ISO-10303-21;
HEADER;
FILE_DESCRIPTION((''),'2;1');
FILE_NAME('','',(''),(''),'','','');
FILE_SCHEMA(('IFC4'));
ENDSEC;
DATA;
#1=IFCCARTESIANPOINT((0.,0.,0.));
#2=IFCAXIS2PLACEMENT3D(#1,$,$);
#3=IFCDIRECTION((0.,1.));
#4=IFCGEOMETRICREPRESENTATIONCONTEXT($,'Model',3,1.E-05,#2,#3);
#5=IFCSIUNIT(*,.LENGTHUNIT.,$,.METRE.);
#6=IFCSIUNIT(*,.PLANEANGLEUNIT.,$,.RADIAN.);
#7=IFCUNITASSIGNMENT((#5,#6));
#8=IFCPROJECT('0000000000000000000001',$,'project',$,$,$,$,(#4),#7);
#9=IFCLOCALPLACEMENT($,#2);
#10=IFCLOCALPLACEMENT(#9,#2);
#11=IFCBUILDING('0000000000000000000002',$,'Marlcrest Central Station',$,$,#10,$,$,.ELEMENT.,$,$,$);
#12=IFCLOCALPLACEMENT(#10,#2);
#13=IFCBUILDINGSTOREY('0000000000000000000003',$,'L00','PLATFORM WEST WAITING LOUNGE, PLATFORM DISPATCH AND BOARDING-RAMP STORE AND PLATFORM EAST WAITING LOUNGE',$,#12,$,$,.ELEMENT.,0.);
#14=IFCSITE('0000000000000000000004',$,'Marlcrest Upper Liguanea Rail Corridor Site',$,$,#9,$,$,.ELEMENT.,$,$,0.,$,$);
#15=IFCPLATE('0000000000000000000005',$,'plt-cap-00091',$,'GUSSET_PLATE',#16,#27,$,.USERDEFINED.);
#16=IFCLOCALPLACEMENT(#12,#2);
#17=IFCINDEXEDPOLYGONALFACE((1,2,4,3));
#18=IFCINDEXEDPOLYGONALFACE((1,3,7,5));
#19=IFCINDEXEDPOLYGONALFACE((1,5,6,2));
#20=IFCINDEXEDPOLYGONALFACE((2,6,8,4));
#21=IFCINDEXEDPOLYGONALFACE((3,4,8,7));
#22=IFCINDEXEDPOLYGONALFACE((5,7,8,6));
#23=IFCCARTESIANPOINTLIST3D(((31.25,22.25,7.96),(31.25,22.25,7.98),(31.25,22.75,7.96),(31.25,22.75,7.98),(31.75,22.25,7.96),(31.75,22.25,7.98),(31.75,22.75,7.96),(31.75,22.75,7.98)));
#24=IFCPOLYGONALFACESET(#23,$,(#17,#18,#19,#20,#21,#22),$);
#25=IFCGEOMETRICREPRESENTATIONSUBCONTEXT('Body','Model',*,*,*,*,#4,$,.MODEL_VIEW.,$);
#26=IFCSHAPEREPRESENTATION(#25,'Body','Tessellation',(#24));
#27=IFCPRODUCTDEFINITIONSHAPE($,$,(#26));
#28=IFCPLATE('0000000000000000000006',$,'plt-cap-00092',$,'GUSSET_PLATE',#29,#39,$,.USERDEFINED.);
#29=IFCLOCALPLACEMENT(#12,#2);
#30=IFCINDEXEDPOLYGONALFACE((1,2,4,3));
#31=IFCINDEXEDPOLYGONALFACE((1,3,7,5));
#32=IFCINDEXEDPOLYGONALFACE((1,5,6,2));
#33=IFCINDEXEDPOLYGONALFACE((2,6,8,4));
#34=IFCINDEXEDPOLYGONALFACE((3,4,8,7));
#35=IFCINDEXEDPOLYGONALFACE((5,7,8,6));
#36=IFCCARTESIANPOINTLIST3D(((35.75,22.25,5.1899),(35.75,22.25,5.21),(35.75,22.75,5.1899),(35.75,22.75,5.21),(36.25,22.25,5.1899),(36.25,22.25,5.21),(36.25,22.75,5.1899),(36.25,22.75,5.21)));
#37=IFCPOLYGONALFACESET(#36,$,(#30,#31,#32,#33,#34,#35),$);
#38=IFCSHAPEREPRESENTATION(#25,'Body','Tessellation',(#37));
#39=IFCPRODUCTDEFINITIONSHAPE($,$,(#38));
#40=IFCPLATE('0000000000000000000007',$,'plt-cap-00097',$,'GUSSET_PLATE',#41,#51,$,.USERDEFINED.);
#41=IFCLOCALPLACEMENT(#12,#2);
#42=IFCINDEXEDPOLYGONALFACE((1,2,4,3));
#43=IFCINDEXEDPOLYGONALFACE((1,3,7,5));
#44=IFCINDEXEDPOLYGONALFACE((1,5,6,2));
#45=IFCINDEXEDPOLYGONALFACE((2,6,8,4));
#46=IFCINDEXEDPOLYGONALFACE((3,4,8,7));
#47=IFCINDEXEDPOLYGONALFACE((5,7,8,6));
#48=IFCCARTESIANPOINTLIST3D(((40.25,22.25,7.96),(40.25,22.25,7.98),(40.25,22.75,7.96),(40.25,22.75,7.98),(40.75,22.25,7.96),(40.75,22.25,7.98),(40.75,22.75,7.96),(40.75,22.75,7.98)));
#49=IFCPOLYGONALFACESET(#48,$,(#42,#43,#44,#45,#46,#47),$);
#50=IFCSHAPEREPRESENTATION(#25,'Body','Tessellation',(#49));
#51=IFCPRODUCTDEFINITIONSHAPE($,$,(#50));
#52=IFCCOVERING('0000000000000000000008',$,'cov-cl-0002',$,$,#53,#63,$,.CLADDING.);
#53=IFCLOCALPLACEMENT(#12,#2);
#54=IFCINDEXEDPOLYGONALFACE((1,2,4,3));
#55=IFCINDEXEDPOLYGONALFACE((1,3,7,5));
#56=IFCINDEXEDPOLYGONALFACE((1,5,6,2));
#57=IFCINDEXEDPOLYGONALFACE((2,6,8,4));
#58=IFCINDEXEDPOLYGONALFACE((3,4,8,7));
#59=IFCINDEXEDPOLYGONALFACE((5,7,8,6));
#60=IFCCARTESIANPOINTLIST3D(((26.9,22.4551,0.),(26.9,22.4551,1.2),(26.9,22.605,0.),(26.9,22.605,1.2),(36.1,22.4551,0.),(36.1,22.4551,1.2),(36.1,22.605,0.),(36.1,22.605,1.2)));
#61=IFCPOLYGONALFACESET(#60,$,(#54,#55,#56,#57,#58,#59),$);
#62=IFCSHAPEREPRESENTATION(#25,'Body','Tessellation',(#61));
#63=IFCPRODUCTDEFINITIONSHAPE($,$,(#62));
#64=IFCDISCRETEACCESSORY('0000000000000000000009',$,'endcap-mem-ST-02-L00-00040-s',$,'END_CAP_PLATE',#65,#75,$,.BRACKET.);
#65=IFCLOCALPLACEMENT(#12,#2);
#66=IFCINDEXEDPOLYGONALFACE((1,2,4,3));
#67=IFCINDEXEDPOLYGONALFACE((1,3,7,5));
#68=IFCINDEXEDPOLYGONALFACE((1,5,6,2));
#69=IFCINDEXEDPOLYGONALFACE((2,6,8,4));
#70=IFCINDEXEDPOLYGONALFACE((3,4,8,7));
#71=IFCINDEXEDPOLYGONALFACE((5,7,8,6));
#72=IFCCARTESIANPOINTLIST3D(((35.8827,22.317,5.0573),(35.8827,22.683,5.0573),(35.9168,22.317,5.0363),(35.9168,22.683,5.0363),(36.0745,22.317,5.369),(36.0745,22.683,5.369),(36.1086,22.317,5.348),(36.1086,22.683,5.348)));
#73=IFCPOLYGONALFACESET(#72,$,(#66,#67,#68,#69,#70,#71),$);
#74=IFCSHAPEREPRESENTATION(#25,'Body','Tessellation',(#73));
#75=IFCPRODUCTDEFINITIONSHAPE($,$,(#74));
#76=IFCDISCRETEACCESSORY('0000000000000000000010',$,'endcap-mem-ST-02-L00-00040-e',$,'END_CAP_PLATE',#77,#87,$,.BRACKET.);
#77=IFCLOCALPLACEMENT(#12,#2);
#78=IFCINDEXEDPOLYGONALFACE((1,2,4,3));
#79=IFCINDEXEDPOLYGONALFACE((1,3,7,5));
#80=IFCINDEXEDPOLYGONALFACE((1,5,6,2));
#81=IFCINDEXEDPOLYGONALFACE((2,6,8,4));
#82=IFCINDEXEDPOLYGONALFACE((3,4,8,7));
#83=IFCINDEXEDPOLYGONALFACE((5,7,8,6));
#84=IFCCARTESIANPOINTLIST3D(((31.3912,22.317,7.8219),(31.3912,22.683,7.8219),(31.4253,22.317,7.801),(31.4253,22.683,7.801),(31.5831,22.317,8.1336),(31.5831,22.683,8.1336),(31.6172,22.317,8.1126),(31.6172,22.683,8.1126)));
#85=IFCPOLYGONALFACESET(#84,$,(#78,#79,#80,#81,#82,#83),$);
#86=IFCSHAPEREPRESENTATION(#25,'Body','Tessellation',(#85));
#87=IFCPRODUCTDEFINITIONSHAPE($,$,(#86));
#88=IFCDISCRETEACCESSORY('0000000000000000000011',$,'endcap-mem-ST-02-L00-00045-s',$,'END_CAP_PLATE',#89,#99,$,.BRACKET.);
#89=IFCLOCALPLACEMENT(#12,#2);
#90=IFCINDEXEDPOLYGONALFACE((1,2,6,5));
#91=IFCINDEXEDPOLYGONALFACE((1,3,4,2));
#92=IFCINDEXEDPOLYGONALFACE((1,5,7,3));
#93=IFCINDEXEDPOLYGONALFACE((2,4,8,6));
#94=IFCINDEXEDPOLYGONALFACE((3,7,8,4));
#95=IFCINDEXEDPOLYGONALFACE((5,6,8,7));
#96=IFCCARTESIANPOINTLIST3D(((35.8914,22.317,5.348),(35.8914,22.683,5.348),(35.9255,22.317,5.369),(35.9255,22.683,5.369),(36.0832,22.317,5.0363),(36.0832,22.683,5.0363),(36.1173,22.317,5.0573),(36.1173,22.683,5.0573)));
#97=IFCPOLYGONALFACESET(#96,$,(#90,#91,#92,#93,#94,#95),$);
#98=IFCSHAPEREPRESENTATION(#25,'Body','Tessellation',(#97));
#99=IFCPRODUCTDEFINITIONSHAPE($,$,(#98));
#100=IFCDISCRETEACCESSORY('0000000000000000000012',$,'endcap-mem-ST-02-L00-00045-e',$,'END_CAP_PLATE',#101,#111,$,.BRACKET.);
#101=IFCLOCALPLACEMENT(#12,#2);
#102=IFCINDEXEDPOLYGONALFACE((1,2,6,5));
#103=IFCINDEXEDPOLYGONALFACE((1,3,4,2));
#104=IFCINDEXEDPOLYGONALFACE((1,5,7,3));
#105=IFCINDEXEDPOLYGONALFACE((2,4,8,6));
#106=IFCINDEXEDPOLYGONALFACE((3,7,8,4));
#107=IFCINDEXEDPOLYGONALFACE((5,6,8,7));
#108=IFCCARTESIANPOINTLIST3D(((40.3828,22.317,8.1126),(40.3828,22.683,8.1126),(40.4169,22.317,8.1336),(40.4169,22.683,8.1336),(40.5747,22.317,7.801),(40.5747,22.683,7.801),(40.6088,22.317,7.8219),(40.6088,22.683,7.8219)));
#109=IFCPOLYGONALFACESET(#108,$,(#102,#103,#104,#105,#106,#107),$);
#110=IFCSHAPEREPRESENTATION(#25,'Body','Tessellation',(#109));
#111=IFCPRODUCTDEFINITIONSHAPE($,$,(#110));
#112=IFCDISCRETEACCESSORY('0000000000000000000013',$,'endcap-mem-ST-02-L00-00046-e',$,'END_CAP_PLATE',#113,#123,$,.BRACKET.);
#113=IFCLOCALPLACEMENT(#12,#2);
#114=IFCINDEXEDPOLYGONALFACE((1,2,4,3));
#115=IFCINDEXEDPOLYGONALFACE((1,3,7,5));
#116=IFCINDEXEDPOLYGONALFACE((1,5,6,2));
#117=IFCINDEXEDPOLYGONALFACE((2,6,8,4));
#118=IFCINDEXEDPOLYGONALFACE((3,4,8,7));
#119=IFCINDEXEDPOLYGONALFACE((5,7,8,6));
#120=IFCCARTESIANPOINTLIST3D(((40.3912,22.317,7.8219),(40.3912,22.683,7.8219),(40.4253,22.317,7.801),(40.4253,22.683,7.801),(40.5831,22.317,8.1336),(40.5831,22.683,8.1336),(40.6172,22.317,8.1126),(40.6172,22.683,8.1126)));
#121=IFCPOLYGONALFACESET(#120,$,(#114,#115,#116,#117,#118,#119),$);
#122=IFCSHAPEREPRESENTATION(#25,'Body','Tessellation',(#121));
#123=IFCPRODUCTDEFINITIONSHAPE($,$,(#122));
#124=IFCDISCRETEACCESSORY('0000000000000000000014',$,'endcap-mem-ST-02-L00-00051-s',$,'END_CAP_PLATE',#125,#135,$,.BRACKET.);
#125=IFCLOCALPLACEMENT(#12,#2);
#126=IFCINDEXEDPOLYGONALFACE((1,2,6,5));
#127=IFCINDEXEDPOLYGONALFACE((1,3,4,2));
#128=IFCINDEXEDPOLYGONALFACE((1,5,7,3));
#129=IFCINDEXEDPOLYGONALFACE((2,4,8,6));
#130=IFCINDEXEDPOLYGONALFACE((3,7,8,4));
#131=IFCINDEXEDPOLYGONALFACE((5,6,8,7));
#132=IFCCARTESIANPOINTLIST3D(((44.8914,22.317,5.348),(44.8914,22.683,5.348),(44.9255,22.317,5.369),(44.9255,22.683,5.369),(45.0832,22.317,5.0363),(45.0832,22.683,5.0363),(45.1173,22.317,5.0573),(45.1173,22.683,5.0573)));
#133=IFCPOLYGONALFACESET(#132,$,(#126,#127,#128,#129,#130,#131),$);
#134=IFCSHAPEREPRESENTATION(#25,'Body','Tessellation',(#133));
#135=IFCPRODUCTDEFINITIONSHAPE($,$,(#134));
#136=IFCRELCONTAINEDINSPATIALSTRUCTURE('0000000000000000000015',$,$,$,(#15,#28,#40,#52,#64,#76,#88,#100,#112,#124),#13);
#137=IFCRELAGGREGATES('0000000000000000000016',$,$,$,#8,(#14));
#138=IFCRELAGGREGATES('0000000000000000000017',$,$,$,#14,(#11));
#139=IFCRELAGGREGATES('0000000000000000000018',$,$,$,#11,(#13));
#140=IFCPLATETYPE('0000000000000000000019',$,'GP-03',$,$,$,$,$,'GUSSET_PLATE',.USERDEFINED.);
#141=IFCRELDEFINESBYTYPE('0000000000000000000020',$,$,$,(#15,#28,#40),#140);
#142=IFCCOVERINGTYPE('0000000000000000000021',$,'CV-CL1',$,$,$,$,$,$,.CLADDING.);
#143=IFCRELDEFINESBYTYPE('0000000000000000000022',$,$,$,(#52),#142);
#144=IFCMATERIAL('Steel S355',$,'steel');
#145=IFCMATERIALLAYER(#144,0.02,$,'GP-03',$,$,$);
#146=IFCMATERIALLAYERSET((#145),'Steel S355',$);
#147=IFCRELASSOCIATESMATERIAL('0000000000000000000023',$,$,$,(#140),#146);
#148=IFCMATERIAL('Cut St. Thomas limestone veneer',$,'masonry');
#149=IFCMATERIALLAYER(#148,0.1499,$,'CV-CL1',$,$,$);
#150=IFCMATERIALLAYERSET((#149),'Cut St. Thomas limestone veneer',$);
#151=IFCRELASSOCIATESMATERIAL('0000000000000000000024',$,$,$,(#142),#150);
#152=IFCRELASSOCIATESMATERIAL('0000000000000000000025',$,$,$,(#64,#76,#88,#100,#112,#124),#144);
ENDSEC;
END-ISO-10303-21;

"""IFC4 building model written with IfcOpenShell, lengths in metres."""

from ifc_helpers import new_model, si_unit, direction, frame, origin, origin_2d, place, context, subcontext, project, spatial, rectangle, extrude, material, layer, layer_set, type_object, element, save


model = new_model("IFC4")

# Units and contexts
model_context = context("Model", 3, precision=1e-05, world=origin(), true_north=direction((0.0, 1.0)))
body_context = subcontext(model_context, "Body", "Model", "MODEL_VIEW")
ifc_project = project(units=[si_unit("LENGTHUNIT", "METRE"), si_unit("PLANEANGLEUNIT", "RADIAN")], contexts=[model_context])

# Site, building, storey
site_placement = place(None, origin())
site = spatial("IfcSite", under=ifc_project, at=site_placement, Name="Marlcrest Upper Liguanea Rail Corridor Site", CompositionType="ELEMENT", RefElevation=0.0)
building_placement = place(site_placement, origin())
building = spatial("IfcBuilding", under=site, at=building_placement, Name="Marlcrest Central Station", CompositionType="ELEMENT")
storey_placement = place(building_placement, origin())
storey = spatial("IfcBuildingStorey", under=building, at=storey_placement, Name="L00", Description="PLATFORM WEST WAITING LOUNGE, PLATFORM DISPATCH AND BOARDING-RAMP STORE AND PLATFORM EAST WAITING LOUNGE", CompositionType="ELEMENT", Elevation=0.0)

# Shared definitions
ifc_material_1 = material(Name="Steel S355", Category="steel")

# Plates
ifc_layer_1 = layer(ifc_material_1, 0.02, Name="GP-03")
ifc_layer_set_1 = layer_set([ifc_layer_1], Name="Steel S355")
plate_type_1 = type_object("IfcPlateType", Name="GP-03", ElementType="GUSSET_PLATE", PredefinedType="USERDEFINED", material=ifc_layer_set_1)
for number, where, z_axis, x_axis, name in (
    (1, (31.5, 22.5, 7.96), (0.0, 0.0, 1.0), (1.0, 0.0, 0.0), "plt-cap-00091"),
    (2, (36.0, 22.5, 5.1899), (0.0, 0.0, 1.0), (1.0, 0.0, 0.0), "plt-cap-00092"),
    (3, (40.5, 22.5, 7.96), (0.0, 0.0, 1.0), (1.0, 0.0, 0.0), "plt-cap-00097"),
):
    element("IfcPlate", number, at=place(storey_placement, frame(where, z_axis=z_axis, x_axis=x_axis)), inside=storey, type_object=plate_type_1, Name=name, ObjectType="GUSSET_PLATE", PredefinedType="USERDEFINED", context=body_context, shape_type="SweptSolid", body=[
        extrude(rectangle(XDim=0.5, YDim=0.5, at=origin_2d()), origin(), (0.0, 0.0, 1.0), 0.02),
    ])

# Covering
ifc_material_2 = material(Name="Cut St. Thomas limestone veneer", Category="masonry")
ifc_layer_2 = layer(ifc_material_2, 0.1499, Name="CV-CL1")
ifc_layer_set_2 = layer_set([ifc_layer_2], Name="Cut St. Thomas limestone veneer")
covering_type = type_object("IfcCoveringType", Name="CV-CL1", PredefinedType="CLADDING", material=ifc_layer_set_2)
covering_placement = place(storey_placement, frame((31.5, 22.53, 0.0), z_axis=(0.0, 0.0, 1.0), x_axis=(1.0, 0.0, 0.0)))
element("IfcCovering", 4, at=covering_placement, inside=storey, type_object=covering_type, Name="cov-cl-0002", PredefinedType="CLADDING", context=body_context, shape_type="SweptSolid", body=[
    extrude(rectangle(XDim=9.2, YDim=0.1499, at=origin_2d()), origin(), (0.0, 0.0, 1.0), 1.2),
])

# Discrete accessories
for number, where, z_axis, x_axis, name in (
    (5, (36.0127, 22.5, 5.1921), (-0.851592, 0.0, 0.524206), (0.0, -1.0, 0.0), "endcap-mem-ST-02-L00-00040-s"),
    (6, (31.5212, 22.5, 7.9568), (-0.851592, 0.0, 0.524206), (0.0, -1.0, 0.0), "endcap-mem-ST-02-L00-00040-e"),
    (7, (35.9873, 22.5, 5.1921), (0.851592, 0.0, 0.524206), (0.0, 1.0, 0.0), "endcap-mem-ST-02-L00-00045-s"),
    (8, (40.4788, 22.5, 7.9568), (0.851592, 0.0, 0.524206), (0.0, 1.0, 0.0), "endcap-mem-ST-02-L00-00045-e"),
    (9, (40.5212, 22.5, 7.9568), (-0.851592, 0.0, 0.524206), (0.0, -1.0, 0.0), "endcap-mem-ST-02-L00-00046-e"),
    (10, (44.9873, 22.5, 5.1921), (0.851592, 0.0, 0.524206), (0.0, 1.0, 0.0), "endcap-mem-ST-02-L00-00051-s"),
):
    element("IfcDiscreteAccessory", number, at=place(storey_placement, frame(where, z_axis=z_axis, x_axis=x_axis)), inside=storey, material=ifc_material_1, Name=name, ObjectType="END_CAP_PLATE", PredefinedType="BRACKET", context=body_context, shape_type="SweptSolid", body=[
        extrude(rectangle(XDim=0.366, YDim=0.366, at=origin_2d()), origin(), (0.0, 0.0, 1.0), 0.04),
    ])

save(model, "model.ifc")
